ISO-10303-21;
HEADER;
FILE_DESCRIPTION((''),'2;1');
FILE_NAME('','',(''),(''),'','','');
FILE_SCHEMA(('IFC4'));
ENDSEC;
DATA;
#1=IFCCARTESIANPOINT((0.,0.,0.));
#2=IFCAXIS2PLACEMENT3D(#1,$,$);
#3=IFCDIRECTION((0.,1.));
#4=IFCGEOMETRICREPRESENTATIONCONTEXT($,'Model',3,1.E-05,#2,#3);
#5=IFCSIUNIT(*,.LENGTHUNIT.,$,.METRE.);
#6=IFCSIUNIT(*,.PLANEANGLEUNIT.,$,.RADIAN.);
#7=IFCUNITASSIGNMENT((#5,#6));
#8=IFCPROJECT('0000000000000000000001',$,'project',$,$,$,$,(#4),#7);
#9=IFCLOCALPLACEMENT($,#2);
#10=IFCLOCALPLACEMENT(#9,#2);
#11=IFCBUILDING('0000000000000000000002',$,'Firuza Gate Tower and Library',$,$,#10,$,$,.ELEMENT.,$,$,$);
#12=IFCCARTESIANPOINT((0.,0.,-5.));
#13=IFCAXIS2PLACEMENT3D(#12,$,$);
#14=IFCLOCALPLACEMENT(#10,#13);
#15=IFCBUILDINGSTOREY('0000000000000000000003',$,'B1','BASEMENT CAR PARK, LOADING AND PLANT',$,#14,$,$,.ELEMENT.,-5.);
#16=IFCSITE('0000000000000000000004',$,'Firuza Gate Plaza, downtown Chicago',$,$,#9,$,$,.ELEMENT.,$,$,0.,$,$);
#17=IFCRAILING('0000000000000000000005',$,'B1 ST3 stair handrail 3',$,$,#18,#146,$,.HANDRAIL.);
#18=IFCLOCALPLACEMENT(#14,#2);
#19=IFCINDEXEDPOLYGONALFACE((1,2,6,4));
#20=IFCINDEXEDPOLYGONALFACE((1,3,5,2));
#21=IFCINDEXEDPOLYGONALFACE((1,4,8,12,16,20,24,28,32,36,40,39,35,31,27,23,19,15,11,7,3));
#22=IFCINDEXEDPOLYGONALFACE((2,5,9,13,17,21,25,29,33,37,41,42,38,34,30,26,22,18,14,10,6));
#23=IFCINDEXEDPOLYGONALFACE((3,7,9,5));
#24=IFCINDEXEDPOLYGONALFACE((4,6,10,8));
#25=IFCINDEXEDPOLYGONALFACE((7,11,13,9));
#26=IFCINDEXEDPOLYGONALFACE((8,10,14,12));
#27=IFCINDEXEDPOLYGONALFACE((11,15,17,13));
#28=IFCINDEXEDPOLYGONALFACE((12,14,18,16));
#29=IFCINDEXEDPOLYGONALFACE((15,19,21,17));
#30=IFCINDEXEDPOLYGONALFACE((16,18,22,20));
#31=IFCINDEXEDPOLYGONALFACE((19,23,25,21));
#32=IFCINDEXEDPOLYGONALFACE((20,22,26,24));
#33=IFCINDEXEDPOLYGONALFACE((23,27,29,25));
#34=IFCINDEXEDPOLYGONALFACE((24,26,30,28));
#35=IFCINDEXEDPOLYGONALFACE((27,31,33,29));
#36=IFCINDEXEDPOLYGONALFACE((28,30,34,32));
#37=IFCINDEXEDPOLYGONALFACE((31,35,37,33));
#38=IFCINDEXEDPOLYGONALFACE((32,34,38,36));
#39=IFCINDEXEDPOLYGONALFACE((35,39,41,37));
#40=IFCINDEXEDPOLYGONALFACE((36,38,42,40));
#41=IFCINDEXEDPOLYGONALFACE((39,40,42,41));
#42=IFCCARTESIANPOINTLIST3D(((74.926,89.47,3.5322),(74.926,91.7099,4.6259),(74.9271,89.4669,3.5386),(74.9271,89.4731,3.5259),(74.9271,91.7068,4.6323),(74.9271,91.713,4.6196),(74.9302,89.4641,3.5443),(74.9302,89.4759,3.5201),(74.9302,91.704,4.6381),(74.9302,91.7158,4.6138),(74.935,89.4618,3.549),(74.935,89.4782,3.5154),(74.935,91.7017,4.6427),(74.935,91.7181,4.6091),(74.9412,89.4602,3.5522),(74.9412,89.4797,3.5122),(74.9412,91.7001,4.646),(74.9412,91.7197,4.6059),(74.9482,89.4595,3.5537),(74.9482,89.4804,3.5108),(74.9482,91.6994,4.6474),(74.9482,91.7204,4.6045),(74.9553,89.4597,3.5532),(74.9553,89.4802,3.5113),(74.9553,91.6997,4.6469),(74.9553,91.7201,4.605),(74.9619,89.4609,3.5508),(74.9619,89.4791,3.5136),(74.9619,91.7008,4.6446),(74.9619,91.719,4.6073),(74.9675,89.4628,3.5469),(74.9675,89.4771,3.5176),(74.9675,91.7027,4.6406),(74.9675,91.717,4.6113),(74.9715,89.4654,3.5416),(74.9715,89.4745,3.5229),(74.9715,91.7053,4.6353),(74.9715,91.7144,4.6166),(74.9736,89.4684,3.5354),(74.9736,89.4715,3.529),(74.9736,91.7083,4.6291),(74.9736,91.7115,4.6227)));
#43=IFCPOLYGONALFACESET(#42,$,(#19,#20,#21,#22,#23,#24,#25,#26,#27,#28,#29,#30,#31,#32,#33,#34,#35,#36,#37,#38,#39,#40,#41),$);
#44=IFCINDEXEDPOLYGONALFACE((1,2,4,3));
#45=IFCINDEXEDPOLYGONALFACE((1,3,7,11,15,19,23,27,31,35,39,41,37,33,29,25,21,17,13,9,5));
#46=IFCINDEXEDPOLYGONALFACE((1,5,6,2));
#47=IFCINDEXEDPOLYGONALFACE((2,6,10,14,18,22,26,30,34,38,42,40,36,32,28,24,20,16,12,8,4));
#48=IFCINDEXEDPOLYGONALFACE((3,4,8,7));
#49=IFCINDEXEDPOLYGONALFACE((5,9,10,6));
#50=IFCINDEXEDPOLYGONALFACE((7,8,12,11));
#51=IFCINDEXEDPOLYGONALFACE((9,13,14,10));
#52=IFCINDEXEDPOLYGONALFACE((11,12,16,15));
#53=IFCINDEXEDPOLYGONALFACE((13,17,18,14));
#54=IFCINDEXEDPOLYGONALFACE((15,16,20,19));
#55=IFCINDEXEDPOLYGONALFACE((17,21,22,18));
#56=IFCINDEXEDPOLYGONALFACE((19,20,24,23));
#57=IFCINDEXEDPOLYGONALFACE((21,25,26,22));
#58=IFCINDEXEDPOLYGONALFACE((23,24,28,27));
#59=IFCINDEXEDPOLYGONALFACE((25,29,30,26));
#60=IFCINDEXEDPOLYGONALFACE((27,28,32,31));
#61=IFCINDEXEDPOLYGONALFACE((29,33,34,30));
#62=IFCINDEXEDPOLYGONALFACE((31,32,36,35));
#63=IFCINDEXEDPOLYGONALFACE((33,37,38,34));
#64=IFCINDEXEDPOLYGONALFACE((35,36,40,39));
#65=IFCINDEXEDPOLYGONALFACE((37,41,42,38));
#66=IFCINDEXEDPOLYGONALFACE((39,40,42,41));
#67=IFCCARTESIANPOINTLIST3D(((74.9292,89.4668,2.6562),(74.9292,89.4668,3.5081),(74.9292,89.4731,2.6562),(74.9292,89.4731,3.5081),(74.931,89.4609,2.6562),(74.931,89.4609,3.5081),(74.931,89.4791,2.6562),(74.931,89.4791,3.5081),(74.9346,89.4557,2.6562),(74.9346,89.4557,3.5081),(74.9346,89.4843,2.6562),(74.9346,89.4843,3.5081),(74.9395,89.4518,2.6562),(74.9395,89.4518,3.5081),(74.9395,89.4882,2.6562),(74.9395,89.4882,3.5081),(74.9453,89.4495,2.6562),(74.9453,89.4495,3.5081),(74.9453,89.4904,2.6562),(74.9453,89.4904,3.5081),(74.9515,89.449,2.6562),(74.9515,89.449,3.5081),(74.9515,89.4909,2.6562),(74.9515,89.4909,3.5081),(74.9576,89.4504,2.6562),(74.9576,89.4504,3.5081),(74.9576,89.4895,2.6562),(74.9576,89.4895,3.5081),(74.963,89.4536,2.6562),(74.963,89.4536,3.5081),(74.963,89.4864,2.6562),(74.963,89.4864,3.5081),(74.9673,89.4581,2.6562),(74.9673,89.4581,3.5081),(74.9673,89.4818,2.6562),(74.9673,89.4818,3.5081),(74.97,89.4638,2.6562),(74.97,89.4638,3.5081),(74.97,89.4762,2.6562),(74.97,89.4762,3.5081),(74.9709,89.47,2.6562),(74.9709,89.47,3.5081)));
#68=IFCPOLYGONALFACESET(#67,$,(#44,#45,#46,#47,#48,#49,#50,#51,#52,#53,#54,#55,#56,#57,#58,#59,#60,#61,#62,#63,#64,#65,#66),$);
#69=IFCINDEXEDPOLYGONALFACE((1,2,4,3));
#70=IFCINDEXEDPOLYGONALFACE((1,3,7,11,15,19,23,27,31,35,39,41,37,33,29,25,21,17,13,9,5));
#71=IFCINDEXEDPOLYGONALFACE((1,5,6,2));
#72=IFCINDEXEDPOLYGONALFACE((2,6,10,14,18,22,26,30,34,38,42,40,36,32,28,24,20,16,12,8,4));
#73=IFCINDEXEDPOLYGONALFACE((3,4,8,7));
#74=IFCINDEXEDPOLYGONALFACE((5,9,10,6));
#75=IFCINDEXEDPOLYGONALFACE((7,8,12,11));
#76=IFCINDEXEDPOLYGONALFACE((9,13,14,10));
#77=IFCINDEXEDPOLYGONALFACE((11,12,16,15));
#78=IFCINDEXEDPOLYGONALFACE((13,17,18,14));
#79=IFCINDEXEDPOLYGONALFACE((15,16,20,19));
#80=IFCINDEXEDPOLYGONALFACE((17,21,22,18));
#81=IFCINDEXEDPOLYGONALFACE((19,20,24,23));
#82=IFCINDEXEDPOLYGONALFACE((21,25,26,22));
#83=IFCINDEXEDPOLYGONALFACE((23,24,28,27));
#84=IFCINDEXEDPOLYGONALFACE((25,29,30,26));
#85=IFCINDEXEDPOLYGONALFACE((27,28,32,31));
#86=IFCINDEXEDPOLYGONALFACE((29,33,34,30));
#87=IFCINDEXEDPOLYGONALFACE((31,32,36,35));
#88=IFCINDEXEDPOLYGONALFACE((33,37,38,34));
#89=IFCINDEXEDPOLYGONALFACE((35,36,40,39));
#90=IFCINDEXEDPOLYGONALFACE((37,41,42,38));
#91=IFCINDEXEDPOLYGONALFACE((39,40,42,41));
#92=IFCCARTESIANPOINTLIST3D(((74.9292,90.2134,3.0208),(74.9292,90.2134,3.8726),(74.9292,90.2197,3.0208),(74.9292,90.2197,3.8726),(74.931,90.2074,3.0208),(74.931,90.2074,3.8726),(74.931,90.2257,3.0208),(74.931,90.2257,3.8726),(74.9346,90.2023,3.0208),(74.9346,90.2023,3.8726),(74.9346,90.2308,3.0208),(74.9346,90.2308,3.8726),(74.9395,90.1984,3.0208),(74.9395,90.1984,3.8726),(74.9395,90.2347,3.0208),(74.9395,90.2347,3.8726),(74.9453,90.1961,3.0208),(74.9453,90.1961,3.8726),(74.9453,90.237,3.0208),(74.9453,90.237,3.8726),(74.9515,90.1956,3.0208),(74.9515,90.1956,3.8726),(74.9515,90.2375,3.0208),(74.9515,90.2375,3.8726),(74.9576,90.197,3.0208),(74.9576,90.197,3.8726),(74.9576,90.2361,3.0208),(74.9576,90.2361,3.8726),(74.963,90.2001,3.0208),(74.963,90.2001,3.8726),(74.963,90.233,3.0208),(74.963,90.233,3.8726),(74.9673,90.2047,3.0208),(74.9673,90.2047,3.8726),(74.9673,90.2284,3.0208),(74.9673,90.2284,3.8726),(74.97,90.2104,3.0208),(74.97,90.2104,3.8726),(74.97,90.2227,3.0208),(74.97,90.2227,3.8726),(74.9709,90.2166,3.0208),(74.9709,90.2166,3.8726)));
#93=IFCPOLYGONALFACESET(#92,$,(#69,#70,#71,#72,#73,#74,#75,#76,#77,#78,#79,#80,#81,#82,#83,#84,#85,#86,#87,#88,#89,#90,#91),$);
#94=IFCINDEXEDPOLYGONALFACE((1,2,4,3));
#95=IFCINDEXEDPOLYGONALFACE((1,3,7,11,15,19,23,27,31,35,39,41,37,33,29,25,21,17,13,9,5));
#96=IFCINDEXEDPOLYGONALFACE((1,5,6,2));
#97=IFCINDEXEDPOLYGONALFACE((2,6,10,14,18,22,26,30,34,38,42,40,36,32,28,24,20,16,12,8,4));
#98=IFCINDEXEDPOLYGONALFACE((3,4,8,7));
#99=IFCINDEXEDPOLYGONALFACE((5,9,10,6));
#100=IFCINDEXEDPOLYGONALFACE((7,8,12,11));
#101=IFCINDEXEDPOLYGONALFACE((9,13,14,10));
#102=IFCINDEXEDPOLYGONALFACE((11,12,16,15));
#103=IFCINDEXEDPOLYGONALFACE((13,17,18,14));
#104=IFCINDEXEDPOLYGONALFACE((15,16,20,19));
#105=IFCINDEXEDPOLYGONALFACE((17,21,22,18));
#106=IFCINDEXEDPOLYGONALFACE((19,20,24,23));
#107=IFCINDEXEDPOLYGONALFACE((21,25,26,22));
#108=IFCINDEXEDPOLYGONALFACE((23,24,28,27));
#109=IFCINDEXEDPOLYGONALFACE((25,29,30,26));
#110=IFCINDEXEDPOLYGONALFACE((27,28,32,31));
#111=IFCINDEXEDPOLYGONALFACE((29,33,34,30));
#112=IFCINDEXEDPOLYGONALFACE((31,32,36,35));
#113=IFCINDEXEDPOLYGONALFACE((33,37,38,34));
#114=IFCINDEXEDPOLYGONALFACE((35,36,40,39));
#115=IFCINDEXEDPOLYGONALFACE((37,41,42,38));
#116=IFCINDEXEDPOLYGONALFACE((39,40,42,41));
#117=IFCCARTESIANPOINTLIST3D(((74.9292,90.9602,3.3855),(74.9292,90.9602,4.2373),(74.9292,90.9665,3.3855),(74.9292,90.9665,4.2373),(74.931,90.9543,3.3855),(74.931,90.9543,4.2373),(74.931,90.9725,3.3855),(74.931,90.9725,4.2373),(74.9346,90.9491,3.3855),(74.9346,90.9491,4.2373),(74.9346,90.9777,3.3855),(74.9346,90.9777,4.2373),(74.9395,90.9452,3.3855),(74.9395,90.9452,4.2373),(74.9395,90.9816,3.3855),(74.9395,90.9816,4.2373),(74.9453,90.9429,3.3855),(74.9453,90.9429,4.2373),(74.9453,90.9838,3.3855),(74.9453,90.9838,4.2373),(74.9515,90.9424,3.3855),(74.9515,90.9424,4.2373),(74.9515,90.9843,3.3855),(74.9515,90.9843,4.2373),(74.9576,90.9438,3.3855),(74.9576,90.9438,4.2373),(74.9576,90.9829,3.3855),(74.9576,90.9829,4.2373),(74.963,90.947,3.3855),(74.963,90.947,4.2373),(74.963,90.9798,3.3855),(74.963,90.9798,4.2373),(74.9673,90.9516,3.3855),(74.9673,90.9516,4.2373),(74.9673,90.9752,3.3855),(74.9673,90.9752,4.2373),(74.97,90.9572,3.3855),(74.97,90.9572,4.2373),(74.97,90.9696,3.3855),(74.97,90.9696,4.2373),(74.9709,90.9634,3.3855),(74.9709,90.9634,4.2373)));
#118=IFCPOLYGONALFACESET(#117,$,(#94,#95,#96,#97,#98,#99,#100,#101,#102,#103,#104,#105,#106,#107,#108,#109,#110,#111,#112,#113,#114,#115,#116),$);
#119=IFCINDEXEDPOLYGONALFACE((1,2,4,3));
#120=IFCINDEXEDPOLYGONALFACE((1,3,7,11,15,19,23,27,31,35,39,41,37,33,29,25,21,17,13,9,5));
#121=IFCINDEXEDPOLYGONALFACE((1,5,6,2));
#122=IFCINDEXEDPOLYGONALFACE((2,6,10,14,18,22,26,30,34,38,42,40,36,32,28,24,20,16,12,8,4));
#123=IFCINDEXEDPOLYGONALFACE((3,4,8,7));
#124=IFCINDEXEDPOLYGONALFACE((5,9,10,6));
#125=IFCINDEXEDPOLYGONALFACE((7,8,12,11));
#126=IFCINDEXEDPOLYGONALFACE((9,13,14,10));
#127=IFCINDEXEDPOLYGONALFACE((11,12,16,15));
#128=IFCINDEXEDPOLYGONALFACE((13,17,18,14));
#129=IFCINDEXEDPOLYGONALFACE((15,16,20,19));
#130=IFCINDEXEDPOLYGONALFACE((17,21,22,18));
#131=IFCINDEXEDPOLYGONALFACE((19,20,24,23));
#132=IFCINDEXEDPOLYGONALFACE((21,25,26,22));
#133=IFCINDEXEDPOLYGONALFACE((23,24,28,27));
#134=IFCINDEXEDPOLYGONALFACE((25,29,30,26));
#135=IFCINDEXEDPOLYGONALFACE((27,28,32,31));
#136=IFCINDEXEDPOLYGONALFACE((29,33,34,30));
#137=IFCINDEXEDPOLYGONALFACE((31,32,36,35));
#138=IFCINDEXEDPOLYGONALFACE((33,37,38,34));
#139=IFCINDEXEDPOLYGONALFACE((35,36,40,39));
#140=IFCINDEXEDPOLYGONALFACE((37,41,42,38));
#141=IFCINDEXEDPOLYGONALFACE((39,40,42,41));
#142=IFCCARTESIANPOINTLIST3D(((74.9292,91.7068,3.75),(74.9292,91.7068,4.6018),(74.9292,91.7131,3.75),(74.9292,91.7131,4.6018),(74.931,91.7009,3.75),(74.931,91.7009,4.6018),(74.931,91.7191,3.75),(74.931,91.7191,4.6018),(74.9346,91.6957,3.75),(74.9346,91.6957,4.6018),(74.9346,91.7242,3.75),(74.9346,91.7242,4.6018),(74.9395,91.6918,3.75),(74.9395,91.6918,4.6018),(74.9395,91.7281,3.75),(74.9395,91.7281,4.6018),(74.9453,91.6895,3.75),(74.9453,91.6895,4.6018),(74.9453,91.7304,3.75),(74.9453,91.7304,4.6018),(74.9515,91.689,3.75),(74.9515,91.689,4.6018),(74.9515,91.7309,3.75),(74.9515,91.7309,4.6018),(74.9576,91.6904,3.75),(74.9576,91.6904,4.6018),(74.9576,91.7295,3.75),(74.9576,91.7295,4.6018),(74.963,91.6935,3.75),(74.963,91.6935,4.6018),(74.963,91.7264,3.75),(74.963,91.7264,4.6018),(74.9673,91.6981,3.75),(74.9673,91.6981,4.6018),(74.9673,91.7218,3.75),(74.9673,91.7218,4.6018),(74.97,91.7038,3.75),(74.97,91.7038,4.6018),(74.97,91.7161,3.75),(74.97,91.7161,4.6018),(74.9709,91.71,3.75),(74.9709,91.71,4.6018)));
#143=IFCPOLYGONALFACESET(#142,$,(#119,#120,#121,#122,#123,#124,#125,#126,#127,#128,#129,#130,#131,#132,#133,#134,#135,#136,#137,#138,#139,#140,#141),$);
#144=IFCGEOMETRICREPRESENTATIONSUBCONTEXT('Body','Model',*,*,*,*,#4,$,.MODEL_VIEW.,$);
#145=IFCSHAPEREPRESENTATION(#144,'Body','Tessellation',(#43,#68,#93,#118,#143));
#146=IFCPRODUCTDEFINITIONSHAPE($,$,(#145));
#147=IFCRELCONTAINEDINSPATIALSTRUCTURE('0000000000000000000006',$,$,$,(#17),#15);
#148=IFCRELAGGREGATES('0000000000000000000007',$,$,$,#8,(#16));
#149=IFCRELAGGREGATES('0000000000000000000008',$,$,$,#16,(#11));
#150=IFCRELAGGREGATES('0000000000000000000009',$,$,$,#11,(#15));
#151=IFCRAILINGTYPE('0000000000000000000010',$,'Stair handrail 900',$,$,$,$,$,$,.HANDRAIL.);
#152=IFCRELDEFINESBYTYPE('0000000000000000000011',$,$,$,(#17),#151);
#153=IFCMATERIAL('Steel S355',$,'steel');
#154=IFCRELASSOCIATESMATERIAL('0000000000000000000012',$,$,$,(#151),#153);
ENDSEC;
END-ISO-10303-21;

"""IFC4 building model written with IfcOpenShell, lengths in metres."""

from ifc_helpers import new_model, si_unit, direction, frame, origin, origin_2d, place, context, subcontext, project, spatial, circle, extrude, material, type_object, element, save


model = new_model("IFC4")

# Units and contexts
model_context = context("Model", 3, precision=1e-05, world=origin(), true_north=direction((0.0, 1.0)))
body_context = subcontext(model_context, "Body", "Model", "MODEL_VIEW")
ifc_project = project(units=[si_unit("LENGTHUNIT", "METRE"), si_unit("PLANEANGLEUNIT", "RADIAN")], contexts=[model_context])

# Site, building, storey
site_placement = place(None, origin())
site = spatial("IfcSite", under=ifc_project, at=site_placement, Name="Firuza Gate Plaza, downtown Chicago", CompositionType="ELEMENT", RefElevation=0.0)
building_placement = place(site_placement, origin())
building = spatial("IfcBuilding", under=site, at=building_placement, Name="Firuza Gate Tower and Library", CompositionType="ELEMENT")
storey_placement = place(building_placement, frame((0.0, 0.0, -5.0)))
storey = spatial("IfcBuildingStorey", under=building, at=storey_placement, Name="B1", Description="BASEMENT CAR PARK, LOADING AND PLANT", CompositionType="ELEMENT", Elevation=-5.0)

# Railing
ifc_material_1 = material(Name="Steel S355", Category="steel")
railing_type = type_object("IfcRailingType", Name="Stair handrail 900", PredefinedType="HANDRAIL", material=ifc_material_1)
for number, where, name in (
    (1, (74.95, 89.47, 2.6562), "B1 ST3 stair handrail 3"),
):
    element("IfcRailing", number, at=place(storey_placement, frame(where)), inside=storey, type_object=railing_type, Name=name, PredefinedType="HANDRAIL", context=body_context, shape_type="SweptSolid", body=[
        extrude(circle(Radius=0.0239, at=origin_2d()), frame((0.0, 0.0, 0.876), z_axis=(0.0, 0.898599, 0.438771), x_axis=(-1.0, 0.0, 0.0)), (0.0, 0.0, 1.0), 2.4927),
        extrude(circle(Radius=0.021, at=origin_2d()), origin(), (0.0, 0.0, 1.0), 0.8518),
        extrude(circle(Radius=0.021, at=origin_2d()), frame((0.0, 0.7466, 0.3645)), (0.0, 0.0, 1.0), 0.8518),
        extrude(circle(Radius=0.021, at=origin_2d()), frame((0.0, 1.4934, 0.7292)), (0.0, 0.0, 1.0), 0.8518),
        extrude(circle(Radius=0.021, at=origin_2d()), frame((0.0, 2.24, 1.0938)), (0.0, 0.0, 1.0), 0.8518),
    ])

save(model, "model.ifc")
